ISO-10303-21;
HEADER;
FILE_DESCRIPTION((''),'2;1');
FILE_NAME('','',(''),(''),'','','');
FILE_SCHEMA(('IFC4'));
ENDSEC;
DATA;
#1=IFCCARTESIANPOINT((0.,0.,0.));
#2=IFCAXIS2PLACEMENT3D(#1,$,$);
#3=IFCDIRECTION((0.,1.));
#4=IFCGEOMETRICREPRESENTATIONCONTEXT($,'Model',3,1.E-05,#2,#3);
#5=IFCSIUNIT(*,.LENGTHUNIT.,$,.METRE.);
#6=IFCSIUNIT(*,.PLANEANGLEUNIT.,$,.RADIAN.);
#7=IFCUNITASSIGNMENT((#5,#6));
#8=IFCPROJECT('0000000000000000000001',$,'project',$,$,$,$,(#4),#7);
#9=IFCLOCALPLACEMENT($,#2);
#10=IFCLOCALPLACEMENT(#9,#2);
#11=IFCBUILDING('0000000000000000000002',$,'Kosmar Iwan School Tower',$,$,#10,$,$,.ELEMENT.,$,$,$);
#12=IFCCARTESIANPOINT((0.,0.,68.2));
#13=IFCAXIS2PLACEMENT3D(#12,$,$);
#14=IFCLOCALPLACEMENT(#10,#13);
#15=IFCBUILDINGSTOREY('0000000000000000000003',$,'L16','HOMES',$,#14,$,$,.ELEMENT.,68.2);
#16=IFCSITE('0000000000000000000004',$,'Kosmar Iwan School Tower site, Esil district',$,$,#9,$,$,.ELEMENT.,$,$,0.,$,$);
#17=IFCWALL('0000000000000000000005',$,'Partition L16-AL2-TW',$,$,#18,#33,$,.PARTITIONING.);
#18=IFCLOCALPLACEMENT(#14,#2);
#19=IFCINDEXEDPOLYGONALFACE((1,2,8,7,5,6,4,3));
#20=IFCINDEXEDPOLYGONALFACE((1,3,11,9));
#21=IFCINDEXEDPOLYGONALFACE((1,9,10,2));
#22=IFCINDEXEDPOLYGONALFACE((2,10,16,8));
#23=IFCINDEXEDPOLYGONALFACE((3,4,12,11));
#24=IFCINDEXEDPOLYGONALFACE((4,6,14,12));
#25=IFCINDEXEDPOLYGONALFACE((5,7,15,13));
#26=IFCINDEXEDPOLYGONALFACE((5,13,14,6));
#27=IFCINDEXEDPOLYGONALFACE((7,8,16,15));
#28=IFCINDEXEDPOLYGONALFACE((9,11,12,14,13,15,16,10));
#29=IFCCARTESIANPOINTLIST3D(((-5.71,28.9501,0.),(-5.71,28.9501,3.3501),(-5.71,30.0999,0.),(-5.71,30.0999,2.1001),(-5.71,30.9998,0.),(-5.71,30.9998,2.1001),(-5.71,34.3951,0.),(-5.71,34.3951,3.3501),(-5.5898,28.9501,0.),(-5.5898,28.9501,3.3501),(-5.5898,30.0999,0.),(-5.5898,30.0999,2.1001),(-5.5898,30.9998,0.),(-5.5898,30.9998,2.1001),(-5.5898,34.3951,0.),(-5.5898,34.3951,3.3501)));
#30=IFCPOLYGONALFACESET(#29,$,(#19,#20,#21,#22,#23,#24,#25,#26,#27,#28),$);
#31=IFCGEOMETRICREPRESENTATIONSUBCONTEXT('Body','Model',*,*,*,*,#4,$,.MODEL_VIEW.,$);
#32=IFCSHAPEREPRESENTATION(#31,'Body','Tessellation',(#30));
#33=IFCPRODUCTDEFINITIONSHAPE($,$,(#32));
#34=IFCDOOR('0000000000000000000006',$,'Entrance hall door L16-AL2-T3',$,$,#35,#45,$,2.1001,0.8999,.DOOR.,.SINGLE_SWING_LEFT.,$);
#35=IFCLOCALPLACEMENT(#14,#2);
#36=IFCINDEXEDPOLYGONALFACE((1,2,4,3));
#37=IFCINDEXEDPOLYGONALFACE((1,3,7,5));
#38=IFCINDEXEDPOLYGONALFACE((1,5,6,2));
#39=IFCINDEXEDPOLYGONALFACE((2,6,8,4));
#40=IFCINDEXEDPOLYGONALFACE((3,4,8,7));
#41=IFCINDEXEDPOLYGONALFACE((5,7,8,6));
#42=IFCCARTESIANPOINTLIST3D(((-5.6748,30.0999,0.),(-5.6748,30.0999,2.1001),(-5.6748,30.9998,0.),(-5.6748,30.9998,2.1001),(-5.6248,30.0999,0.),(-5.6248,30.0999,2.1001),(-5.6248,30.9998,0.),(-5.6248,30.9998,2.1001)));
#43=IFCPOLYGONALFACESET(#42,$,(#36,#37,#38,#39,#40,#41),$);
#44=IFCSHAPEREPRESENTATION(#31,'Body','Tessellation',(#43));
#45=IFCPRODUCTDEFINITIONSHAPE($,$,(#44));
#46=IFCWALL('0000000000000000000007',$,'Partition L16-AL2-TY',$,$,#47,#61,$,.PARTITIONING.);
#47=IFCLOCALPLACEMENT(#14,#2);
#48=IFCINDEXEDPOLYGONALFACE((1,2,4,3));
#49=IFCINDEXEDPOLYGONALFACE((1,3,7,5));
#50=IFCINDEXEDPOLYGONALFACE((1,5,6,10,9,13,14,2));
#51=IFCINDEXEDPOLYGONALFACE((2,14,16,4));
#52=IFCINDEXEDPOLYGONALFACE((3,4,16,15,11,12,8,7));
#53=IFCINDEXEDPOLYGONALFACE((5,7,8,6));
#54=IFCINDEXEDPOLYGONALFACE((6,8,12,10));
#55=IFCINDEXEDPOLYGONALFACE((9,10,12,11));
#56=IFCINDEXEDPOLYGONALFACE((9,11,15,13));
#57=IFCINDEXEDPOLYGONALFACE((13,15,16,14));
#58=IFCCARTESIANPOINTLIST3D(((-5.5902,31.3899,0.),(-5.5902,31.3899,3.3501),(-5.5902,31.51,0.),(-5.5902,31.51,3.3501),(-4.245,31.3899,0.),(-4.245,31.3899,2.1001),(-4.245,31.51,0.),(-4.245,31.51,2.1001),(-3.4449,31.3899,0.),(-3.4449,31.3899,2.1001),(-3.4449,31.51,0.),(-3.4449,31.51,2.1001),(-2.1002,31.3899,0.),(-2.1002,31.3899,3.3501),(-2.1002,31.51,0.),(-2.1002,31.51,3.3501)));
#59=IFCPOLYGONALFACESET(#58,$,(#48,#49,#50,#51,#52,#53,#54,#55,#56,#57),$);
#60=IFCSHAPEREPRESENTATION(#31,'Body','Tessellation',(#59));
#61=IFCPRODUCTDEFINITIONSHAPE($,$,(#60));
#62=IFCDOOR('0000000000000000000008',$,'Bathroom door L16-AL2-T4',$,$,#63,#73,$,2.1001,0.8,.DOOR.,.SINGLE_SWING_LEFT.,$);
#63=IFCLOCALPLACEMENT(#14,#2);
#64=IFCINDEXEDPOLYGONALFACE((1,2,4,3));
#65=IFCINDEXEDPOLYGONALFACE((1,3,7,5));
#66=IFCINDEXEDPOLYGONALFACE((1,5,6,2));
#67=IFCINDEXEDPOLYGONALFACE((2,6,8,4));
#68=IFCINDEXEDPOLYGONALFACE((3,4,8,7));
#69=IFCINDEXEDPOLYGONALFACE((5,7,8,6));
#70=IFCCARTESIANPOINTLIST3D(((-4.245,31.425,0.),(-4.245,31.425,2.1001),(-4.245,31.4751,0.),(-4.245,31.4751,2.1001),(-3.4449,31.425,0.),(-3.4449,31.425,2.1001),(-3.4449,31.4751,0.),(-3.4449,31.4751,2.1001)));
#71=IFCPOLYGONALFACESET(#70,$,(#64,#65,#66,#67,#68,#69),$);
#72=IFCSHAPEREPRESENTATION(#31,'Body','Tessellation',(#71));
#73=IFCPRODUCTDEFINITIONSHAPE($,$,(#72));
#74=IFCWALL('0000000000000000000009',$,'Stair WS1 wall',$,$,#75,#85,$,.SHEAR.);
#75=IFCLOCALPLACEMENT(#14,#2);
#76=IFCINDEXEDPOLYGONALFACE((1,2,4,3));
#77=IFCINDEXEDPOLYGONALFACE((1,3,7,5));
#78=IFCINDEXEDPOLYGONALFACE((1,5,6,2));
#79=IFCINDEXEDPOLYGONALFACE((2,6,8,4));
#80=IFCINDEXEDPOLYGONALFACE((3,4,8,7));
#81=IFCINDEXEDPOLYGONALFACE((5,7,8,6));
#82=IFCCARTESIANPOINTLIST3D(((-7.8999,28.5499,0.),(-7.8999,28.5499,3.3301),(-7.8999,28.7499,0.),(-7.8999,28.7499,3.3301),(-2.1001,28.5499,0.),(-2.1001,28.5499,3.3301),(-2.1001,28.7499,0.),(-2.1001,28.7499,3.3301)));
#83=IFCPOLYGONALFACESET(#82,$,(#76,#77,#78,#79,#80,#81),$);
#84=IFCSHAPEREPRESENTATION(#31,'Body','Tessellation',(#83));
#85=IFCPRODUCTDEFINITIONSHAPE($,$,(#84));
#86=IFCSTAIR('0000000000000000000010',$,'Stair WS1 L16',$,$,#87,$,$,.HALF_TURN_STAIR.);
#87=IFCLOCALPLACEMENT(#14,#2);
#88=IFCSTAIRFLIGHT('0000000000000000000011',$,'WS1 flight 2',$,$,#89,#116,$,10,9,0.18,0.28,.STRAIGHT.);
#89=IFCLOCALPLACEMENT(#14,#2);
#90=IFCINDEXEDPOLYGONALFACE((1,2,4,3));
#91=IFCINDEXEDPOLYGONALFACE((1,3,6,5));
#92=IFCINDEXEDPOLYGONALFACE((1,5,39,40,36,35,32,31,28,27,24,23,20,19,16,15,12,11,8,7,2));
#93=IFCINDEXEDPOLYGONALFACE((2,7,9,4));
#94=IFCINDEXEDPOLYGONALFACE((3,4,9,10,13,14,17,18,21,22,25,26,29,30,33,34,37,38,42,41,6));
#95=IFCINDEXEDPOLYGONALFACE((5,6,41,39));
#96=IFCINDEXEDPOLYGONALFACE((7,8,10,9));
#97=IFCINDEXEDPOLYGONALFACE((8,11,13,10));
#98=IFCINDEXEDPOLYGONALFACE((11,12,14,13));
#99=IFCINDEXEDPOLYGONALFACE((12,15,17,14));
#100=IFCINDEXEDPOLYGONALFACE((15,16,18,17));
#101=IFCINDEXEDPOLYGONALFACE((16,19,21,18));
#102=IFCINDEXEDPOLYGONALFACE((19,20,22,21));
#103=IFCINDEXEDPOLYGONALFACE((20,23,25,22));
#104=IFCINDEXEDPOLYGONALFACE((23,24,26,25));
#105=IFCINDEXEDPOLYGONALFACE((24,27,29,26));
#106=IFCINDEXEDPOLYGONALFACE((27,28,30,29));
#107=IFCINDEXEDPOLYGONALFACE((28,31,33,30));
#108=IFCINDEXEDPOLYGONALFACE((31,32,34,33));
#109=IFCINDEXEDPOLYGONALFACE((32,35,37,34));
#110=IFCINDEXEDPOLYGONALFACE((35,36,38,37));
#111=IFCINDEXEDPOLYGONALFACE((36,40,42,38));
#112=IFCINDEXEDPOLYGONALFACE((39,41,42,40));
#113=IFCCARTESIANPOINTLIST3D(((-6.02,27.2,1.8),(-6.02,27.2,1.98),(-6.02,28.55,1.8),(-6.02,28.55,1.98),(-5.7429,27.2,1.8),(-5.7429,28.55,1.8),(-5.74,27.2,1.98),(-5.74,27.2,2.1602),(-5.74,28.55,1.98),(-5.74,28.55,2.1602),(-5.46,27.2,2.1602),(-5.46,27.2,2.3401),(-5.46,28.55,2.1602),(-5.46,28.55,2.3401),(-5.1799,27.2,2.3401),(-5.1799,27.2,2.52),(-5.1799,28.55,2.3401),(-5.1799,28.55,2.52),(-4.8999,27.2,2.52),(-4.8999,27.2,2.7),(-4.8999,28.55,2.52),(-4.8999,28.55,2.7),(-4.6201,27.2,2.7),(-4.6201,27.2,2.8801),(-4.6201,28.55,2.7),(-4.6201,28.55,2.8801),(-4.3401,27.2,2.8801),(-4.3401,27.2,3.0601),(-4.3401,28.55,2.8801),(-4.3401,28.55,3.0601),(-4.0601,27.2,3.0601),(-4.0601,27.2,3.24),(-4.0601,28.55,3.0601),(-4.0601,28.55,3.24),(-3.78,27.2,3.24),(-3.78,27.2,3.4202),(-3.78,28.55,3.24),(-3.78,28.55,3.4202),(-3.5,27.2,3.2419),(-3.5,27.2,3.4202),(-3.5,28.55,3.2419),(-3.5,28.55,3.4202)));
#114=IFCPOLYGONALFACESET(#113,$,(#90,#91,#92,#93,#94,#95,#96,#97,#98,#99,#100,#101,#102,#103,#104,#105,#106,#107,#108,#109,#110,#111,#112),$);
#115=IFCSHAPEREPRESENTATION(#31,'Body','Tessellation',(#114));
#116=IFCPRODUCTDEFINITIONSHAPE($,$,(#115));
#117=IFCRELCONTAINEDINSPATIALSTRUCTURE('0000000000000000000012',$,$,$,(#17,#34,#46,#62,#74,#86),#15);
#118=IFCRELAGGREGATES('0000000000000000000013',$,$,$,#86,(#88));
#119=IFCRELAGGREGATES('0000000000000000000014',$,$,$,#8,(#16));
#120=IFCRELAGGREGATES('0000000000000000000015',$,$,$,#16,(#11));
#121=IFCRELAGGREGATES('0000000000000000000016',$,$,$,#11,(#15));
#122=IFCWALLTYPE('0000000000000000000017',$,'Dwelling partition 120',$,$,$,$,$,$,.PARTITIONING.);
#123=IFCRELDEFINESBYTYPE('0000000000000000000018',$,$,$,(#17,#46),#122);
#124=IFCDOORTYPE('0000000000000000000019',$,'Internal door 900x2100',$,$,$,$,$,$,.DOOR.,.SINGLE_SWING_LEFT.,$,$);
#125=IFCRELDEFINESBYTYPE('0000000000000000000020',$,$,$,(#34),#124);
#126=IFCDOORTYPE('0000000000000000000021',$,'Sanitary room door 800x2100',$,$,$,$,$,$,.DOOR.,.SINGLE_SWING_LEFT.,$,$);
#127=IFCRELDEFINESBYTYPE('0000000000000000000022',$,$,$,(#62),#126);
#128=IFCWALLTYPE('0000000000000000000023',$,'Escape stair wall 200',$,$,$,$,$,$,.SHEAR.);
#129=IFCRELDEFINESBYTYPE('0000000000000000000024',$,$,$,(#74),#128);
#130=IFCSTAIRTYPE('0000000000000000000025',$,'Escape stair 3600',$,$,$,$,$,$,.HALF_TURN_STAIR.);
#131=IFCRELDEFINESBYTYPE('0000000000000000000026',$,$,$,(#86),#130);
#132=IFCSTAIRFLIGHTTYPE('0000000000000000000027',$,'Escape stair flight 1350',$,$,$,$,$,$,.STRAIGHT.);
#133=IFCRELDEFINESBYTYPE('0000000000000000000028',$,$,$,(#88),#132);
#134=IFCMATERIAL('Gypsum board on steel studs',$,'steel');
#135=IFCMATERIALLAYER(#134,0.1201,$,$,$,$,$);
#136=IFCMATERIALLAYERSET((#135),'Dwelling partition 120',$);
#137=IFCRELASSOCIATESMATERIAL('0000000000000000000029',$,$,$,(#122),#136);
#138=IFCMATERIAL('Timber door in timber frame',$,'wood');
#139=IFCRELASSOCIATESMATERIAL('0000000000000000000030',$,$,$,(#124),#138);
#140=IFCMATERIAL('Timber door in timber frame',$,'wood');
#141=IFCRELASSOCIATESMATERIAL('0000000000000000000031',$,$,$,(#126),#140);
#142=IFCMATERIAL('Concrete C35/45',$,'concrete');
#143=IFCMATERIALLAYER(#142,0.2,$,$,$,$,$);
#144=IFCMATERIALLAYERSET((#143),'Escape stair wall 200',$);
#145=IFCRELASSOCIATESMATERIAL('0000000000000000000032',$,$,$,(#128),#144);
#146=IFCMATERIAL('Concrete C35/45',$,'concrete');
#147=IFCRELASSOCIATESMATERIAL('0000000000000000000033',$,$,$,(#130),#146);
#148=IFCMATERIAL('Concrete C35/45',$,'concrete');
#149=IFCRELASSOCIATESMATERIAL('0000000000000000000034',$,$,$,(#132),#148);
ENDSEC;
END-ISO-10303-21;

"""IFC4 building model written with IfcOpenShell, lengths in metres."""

from ifc_helpers import new_model, si_unit, direction, frame, frame_2d, origin, place, context, subcontext, project, spatial, polyline, rectangle, outline, extrude, material, layer, layer_set, type_object, element, fill, aggregate, save


model = new_model("IFC4")

# Units and contexts
model_context = context("Model", 3, precision=1e-05, world=origin(), true_north=direction((0.0, 1.0)))
body_context = subcontext(model_context, "Body", "Model", "MODEL_VIEW")
ifc_project = project(units=[si_unit("LENGTHUNIT", "METRE"), si_unit("PLANEANGLEUNIT", "RADIAN")], contexts=[model_context])

# Site, building, storey
site_placement = place(None, origin())
site = spatial("IfcSite", under=ifc_project, at=site_placement, Name="Kosmar Iwan School Tower site, Esil district", CompositionType="ELEMENT", RefElevation=0.0)
building_placement = place(site_placement, origin())
building = spatial("IfcBuilding", under=site, at=building_placement, Name="Kosmar Iwan School Tower", CompositionType="ELEMENT")
storey_placement = place(building_placement, frame((0.0, 0.0, 68.2)))
storey = spatial("IfcBuildingStorey", under=building, at=storey_placement, Name="L16", Description="HOMES", CompositionType="ELEMENT", Elevation=68.2)

# Walls, openings, doors
ifc_material_1 = material(Name="Gypsum board on steel studs", Category="steel")
ifc_layer_1 = layer(ifc_material_1, 0.1201)
ifc_layer_set_1 = layer_set([ifc_layer_1], Name="Dwelling partition 120")
wall_type_1 = type_object("IfcWallType", Name="Dwelling partition 120", PredefinedType="PARTITIONING", material=ifc_layer_set_1)
ifc_material_2 = material(Name="Timber door in timber frame", Category="wood")
door_type_1 = type_object("IfcDoorType", Name="Internal door 900x2100", OperationType="SINGLE_SWING_LEFT", PredefinedType="DOOR", material=ifc_material_2)
wall_1_placement = place(storey_placement, frame((-5.6499, 28.95, 0.0), z_axis=(0.0, 0.0, 1.0), x_axis=(0.0, 1.0, 0.0)))
wall_1 = element("IfcWall", 1, at=wall_1_placement, inside=storey, type_object=wall_type_1, Name="Partition L16-AL2-TW", PredefinedType="PARTITIONING", context=body_context, shape_type="SweptSolid", body=[
    extrude(rectangle(XDim=5.4451, YDim=0.1201, at=frame_2d((2.7227, 0.0))), origin(), (0.0, 0.0, 1.0), 3.3501),
])
opening_1_placement = place(wall_1_placement, frame((1.1499, 0.0, 0.0)))
opening_1 = element("IfcOpeningElement", 2, at=opening_1_placement, cuts=wall_1, PredefinedType="OPENING", context=body_context, shape_type="SweptSolid", body=[
    extrude(rectangle(XDim=0.8999, YDim=2.1001, at=frame_2d((0.45, 1.05))), frame((0.0, 0.072, 0.0), z_axis=(0.0, -1.0, 0.0), x_axis=(1.0, 0.0, 0.0)), (0.0, 0.0, 1.0), 0.144),
])
door_1_placement = place(opening_1_placement, origin())
door_1 = element("IfcDoor", 3, at=door_1_placement, inside=storey, type_object=door_type_1, Name="Entrance hall door L16-AL2-T3", OperationType="SINGLE_SWING_LEFT", OverallHeight=2.1001, OverallWidth=0.8999, PredefinedType="DOOR", context=body_context, shape_type="SweptSolid", body=[
    extrude(rectangle(XDim=0.8999, YDim=2.1001, at=frame_2d((0.45, 1.05))), frame((0.0, 0.0249, 0.0), z_axis=(0.0, -1.0, 0.0), x_axis=(1.0, 0.0, 0.0)), (0.0, 0.0, 1.0), 0.05),
])
fill(opening_1, door_1)
wall_2_placement = place(storey_placement, frame((-2.1001, 31.45, 0.0), z_axis=(0.0, 0.0, 1.0), x_axis=(-1.0, 0.0, 0.0)))
wall_2 = element("IfcWall", 4, at=wall_2_placement, inside=storey, type_object=wall_type_1, Name="Partition L16-AL2-TY", PredefinedType="PARTITIONING", context=body_context, shape_type="SweptSolid", body=[
    extrude(rectangle(XDim=3.49, YDim=0.1201, at=frame_2d((1.7451, 0.0))), origin(), (0.0, 0.0, 1.0), 3.3501),
])
opening_2_placement = place(wall_2_placement, frame((1.345, 0.0, 0.0)))
opening_2 = element("IfcOpeningElement", 5, at=opening_2_placement, cuts=wall_2, PredefinedType="OPENING", context=body_context, shape_type="SweptSolid", body=[
    extrude(rectangle(XDim=0.8, YDim=2.1001, at=frame_2d((0.3999, 1.05))), frame((0.0, 0.072, 0.0), z_axis=(0.0, -1.0, 0.0), x_axis=(1.0, 0.0, 0.0)), (0.0, 0.0, 1.0), 0.144),
])
ifc_material_3 = material(Name="Timber door in timber frame", Category="wood")
door_type_2 = type_object("IfcDoorType", Name="Sanitary room door 800x2100", OperationType="SINGLE_SWING_LEFT", PredefinedType="DOOR", material=ifc_material_3)
door_2_placement = place(opening_2_placement, origin())
door_2 = element("IfcDoor", 6, at=door_2_placement, inside=storey, type_object=door_type_2, Name="Bathroom door L16-AL2-T4", OperationType="SINGLE_SWING_LEFT", OverallHeight=2.1001, OverallWidth=0.8, PredefinedType="DOOR", context=body_context, shape_type="SweptSolid", body=[
    extrude(rectangle(XDim=0.8, YDim=2.1001, at=frame_2d((0.3999, 1.05))), frame((0.0, 0.0249, 0.0), z_axis=(0.0, -1.0, 0.0), x_axis=(1.0, 0.0, 0.0)), (0.0, 0.0, 1.0), 0.05),
])
fill(opening_2, door_2)

# Wall
ifc_material_4 = material(Name="Concrete C35/45", Category="concrete")
ifc_layer_2 = layer(ifc_material_4, 0.2)
ifc_layer_set_2 = layer_set([ifc_layer_2], Name="Escape stair wall 200")
wall_type_2 = type_object("IfcWallType", Name="Escape stair wall 200", PredefinedType="SHEAR", material=ifc_layer_set_2)
wall_3_placement = place(storey_placement, frame((-2.1001, 28.6499, 0.0), z_axis=(0.0, 0.0, 1.0), x_axis=(-1.0, 0.0, 0.0)))
element("IfcWall", 7, at=wall_3_placement, inside=storey, type_object=wall_type_2, Name="Stair WS1 wall", PredefinedType="SHEAR", context=body_context, shape_type="SweptSolid", body=[
    extrude(rectangle(XDim=5.7998, YDim=0.2, at=frame_2d((2.8999, 0.0))), origin(), (0.0, 0.0, 1.0), 3.3301),
])

# Stair, stair flight
ifc_material_5 = material(Name="Concrete C35/45", Category="concrete")
stair_type = type_object("IfcStairType", Name="Escape stair 3600", PredefinedType="HALF_TURN_STAIR", material=ifc_material_5)
stair_placement = place(storey_placement, origin())
stair = element("IfcStair", 8, at=stair_placement, inside=storey, type_object=stair_type, Name="Stair WS1 L16", PredefinedType="HALF_TURN_STAIR")
ifc_material_6 = material(Name="Concrete C35/45", Category="concrete")
stair_flight_type = type_object("IfcStairFlightType", Name="Escape stair flight 1350", PredefinedType="STRAIGHT", material=ifc_material_6)
stair_flight_placement = place(storey_placement, frame((-6.02, 27.875, 1.8), z_axis=(0.0, 0.0, 1.0), x_axis=(1.0, 0.0, 0.0)))
stair_flight = element("IfcStairFlight", 9, at=stair_flight_placement, type_object=stair_flight_type, Name="WS1 flight 2", NumberOfRisers=10, NumberOfTreads=9, PredefinedType="STRAIGHT", RiserHeight=0.18, TreadLength=0.28, context=body_context, shape_type="SweptSolid", body=[
    extrude(outline(polyline([(0.0, 0.0), (0.0, 0.1799), (0.28, 0.1799), (0.28, 0.3601), (0.5601, 0.3601), (0.5601, 0.54), (0.8401, 0.54), (0.8401, 0.72), (1.1201, 0.72), (1.1201, 0.8999), (1.3999, 0.8999), (1.3999, 1.0801), (1.6799, 1.0801), (1.6799, 1.26), (1.96, 1.26), (1.96, 1.4399), (2.24, 1.4399), (2.24, 1.6201), (2.52, 1.6201), (2.52, 1.8), (2.52, 1.4419), (0.2771, 0.0), (0.0, 0.0)])), frame((0.0, 0.675, 0.0), z_axis=(0.0, -1.0, 0.0), x_axis=(1.0, 0.0, 0.0)), (0.0, 0.0, 1.0), 1.3501),
])
aggregate(stair, [stair_flight])

save(model, "model.ifc")
